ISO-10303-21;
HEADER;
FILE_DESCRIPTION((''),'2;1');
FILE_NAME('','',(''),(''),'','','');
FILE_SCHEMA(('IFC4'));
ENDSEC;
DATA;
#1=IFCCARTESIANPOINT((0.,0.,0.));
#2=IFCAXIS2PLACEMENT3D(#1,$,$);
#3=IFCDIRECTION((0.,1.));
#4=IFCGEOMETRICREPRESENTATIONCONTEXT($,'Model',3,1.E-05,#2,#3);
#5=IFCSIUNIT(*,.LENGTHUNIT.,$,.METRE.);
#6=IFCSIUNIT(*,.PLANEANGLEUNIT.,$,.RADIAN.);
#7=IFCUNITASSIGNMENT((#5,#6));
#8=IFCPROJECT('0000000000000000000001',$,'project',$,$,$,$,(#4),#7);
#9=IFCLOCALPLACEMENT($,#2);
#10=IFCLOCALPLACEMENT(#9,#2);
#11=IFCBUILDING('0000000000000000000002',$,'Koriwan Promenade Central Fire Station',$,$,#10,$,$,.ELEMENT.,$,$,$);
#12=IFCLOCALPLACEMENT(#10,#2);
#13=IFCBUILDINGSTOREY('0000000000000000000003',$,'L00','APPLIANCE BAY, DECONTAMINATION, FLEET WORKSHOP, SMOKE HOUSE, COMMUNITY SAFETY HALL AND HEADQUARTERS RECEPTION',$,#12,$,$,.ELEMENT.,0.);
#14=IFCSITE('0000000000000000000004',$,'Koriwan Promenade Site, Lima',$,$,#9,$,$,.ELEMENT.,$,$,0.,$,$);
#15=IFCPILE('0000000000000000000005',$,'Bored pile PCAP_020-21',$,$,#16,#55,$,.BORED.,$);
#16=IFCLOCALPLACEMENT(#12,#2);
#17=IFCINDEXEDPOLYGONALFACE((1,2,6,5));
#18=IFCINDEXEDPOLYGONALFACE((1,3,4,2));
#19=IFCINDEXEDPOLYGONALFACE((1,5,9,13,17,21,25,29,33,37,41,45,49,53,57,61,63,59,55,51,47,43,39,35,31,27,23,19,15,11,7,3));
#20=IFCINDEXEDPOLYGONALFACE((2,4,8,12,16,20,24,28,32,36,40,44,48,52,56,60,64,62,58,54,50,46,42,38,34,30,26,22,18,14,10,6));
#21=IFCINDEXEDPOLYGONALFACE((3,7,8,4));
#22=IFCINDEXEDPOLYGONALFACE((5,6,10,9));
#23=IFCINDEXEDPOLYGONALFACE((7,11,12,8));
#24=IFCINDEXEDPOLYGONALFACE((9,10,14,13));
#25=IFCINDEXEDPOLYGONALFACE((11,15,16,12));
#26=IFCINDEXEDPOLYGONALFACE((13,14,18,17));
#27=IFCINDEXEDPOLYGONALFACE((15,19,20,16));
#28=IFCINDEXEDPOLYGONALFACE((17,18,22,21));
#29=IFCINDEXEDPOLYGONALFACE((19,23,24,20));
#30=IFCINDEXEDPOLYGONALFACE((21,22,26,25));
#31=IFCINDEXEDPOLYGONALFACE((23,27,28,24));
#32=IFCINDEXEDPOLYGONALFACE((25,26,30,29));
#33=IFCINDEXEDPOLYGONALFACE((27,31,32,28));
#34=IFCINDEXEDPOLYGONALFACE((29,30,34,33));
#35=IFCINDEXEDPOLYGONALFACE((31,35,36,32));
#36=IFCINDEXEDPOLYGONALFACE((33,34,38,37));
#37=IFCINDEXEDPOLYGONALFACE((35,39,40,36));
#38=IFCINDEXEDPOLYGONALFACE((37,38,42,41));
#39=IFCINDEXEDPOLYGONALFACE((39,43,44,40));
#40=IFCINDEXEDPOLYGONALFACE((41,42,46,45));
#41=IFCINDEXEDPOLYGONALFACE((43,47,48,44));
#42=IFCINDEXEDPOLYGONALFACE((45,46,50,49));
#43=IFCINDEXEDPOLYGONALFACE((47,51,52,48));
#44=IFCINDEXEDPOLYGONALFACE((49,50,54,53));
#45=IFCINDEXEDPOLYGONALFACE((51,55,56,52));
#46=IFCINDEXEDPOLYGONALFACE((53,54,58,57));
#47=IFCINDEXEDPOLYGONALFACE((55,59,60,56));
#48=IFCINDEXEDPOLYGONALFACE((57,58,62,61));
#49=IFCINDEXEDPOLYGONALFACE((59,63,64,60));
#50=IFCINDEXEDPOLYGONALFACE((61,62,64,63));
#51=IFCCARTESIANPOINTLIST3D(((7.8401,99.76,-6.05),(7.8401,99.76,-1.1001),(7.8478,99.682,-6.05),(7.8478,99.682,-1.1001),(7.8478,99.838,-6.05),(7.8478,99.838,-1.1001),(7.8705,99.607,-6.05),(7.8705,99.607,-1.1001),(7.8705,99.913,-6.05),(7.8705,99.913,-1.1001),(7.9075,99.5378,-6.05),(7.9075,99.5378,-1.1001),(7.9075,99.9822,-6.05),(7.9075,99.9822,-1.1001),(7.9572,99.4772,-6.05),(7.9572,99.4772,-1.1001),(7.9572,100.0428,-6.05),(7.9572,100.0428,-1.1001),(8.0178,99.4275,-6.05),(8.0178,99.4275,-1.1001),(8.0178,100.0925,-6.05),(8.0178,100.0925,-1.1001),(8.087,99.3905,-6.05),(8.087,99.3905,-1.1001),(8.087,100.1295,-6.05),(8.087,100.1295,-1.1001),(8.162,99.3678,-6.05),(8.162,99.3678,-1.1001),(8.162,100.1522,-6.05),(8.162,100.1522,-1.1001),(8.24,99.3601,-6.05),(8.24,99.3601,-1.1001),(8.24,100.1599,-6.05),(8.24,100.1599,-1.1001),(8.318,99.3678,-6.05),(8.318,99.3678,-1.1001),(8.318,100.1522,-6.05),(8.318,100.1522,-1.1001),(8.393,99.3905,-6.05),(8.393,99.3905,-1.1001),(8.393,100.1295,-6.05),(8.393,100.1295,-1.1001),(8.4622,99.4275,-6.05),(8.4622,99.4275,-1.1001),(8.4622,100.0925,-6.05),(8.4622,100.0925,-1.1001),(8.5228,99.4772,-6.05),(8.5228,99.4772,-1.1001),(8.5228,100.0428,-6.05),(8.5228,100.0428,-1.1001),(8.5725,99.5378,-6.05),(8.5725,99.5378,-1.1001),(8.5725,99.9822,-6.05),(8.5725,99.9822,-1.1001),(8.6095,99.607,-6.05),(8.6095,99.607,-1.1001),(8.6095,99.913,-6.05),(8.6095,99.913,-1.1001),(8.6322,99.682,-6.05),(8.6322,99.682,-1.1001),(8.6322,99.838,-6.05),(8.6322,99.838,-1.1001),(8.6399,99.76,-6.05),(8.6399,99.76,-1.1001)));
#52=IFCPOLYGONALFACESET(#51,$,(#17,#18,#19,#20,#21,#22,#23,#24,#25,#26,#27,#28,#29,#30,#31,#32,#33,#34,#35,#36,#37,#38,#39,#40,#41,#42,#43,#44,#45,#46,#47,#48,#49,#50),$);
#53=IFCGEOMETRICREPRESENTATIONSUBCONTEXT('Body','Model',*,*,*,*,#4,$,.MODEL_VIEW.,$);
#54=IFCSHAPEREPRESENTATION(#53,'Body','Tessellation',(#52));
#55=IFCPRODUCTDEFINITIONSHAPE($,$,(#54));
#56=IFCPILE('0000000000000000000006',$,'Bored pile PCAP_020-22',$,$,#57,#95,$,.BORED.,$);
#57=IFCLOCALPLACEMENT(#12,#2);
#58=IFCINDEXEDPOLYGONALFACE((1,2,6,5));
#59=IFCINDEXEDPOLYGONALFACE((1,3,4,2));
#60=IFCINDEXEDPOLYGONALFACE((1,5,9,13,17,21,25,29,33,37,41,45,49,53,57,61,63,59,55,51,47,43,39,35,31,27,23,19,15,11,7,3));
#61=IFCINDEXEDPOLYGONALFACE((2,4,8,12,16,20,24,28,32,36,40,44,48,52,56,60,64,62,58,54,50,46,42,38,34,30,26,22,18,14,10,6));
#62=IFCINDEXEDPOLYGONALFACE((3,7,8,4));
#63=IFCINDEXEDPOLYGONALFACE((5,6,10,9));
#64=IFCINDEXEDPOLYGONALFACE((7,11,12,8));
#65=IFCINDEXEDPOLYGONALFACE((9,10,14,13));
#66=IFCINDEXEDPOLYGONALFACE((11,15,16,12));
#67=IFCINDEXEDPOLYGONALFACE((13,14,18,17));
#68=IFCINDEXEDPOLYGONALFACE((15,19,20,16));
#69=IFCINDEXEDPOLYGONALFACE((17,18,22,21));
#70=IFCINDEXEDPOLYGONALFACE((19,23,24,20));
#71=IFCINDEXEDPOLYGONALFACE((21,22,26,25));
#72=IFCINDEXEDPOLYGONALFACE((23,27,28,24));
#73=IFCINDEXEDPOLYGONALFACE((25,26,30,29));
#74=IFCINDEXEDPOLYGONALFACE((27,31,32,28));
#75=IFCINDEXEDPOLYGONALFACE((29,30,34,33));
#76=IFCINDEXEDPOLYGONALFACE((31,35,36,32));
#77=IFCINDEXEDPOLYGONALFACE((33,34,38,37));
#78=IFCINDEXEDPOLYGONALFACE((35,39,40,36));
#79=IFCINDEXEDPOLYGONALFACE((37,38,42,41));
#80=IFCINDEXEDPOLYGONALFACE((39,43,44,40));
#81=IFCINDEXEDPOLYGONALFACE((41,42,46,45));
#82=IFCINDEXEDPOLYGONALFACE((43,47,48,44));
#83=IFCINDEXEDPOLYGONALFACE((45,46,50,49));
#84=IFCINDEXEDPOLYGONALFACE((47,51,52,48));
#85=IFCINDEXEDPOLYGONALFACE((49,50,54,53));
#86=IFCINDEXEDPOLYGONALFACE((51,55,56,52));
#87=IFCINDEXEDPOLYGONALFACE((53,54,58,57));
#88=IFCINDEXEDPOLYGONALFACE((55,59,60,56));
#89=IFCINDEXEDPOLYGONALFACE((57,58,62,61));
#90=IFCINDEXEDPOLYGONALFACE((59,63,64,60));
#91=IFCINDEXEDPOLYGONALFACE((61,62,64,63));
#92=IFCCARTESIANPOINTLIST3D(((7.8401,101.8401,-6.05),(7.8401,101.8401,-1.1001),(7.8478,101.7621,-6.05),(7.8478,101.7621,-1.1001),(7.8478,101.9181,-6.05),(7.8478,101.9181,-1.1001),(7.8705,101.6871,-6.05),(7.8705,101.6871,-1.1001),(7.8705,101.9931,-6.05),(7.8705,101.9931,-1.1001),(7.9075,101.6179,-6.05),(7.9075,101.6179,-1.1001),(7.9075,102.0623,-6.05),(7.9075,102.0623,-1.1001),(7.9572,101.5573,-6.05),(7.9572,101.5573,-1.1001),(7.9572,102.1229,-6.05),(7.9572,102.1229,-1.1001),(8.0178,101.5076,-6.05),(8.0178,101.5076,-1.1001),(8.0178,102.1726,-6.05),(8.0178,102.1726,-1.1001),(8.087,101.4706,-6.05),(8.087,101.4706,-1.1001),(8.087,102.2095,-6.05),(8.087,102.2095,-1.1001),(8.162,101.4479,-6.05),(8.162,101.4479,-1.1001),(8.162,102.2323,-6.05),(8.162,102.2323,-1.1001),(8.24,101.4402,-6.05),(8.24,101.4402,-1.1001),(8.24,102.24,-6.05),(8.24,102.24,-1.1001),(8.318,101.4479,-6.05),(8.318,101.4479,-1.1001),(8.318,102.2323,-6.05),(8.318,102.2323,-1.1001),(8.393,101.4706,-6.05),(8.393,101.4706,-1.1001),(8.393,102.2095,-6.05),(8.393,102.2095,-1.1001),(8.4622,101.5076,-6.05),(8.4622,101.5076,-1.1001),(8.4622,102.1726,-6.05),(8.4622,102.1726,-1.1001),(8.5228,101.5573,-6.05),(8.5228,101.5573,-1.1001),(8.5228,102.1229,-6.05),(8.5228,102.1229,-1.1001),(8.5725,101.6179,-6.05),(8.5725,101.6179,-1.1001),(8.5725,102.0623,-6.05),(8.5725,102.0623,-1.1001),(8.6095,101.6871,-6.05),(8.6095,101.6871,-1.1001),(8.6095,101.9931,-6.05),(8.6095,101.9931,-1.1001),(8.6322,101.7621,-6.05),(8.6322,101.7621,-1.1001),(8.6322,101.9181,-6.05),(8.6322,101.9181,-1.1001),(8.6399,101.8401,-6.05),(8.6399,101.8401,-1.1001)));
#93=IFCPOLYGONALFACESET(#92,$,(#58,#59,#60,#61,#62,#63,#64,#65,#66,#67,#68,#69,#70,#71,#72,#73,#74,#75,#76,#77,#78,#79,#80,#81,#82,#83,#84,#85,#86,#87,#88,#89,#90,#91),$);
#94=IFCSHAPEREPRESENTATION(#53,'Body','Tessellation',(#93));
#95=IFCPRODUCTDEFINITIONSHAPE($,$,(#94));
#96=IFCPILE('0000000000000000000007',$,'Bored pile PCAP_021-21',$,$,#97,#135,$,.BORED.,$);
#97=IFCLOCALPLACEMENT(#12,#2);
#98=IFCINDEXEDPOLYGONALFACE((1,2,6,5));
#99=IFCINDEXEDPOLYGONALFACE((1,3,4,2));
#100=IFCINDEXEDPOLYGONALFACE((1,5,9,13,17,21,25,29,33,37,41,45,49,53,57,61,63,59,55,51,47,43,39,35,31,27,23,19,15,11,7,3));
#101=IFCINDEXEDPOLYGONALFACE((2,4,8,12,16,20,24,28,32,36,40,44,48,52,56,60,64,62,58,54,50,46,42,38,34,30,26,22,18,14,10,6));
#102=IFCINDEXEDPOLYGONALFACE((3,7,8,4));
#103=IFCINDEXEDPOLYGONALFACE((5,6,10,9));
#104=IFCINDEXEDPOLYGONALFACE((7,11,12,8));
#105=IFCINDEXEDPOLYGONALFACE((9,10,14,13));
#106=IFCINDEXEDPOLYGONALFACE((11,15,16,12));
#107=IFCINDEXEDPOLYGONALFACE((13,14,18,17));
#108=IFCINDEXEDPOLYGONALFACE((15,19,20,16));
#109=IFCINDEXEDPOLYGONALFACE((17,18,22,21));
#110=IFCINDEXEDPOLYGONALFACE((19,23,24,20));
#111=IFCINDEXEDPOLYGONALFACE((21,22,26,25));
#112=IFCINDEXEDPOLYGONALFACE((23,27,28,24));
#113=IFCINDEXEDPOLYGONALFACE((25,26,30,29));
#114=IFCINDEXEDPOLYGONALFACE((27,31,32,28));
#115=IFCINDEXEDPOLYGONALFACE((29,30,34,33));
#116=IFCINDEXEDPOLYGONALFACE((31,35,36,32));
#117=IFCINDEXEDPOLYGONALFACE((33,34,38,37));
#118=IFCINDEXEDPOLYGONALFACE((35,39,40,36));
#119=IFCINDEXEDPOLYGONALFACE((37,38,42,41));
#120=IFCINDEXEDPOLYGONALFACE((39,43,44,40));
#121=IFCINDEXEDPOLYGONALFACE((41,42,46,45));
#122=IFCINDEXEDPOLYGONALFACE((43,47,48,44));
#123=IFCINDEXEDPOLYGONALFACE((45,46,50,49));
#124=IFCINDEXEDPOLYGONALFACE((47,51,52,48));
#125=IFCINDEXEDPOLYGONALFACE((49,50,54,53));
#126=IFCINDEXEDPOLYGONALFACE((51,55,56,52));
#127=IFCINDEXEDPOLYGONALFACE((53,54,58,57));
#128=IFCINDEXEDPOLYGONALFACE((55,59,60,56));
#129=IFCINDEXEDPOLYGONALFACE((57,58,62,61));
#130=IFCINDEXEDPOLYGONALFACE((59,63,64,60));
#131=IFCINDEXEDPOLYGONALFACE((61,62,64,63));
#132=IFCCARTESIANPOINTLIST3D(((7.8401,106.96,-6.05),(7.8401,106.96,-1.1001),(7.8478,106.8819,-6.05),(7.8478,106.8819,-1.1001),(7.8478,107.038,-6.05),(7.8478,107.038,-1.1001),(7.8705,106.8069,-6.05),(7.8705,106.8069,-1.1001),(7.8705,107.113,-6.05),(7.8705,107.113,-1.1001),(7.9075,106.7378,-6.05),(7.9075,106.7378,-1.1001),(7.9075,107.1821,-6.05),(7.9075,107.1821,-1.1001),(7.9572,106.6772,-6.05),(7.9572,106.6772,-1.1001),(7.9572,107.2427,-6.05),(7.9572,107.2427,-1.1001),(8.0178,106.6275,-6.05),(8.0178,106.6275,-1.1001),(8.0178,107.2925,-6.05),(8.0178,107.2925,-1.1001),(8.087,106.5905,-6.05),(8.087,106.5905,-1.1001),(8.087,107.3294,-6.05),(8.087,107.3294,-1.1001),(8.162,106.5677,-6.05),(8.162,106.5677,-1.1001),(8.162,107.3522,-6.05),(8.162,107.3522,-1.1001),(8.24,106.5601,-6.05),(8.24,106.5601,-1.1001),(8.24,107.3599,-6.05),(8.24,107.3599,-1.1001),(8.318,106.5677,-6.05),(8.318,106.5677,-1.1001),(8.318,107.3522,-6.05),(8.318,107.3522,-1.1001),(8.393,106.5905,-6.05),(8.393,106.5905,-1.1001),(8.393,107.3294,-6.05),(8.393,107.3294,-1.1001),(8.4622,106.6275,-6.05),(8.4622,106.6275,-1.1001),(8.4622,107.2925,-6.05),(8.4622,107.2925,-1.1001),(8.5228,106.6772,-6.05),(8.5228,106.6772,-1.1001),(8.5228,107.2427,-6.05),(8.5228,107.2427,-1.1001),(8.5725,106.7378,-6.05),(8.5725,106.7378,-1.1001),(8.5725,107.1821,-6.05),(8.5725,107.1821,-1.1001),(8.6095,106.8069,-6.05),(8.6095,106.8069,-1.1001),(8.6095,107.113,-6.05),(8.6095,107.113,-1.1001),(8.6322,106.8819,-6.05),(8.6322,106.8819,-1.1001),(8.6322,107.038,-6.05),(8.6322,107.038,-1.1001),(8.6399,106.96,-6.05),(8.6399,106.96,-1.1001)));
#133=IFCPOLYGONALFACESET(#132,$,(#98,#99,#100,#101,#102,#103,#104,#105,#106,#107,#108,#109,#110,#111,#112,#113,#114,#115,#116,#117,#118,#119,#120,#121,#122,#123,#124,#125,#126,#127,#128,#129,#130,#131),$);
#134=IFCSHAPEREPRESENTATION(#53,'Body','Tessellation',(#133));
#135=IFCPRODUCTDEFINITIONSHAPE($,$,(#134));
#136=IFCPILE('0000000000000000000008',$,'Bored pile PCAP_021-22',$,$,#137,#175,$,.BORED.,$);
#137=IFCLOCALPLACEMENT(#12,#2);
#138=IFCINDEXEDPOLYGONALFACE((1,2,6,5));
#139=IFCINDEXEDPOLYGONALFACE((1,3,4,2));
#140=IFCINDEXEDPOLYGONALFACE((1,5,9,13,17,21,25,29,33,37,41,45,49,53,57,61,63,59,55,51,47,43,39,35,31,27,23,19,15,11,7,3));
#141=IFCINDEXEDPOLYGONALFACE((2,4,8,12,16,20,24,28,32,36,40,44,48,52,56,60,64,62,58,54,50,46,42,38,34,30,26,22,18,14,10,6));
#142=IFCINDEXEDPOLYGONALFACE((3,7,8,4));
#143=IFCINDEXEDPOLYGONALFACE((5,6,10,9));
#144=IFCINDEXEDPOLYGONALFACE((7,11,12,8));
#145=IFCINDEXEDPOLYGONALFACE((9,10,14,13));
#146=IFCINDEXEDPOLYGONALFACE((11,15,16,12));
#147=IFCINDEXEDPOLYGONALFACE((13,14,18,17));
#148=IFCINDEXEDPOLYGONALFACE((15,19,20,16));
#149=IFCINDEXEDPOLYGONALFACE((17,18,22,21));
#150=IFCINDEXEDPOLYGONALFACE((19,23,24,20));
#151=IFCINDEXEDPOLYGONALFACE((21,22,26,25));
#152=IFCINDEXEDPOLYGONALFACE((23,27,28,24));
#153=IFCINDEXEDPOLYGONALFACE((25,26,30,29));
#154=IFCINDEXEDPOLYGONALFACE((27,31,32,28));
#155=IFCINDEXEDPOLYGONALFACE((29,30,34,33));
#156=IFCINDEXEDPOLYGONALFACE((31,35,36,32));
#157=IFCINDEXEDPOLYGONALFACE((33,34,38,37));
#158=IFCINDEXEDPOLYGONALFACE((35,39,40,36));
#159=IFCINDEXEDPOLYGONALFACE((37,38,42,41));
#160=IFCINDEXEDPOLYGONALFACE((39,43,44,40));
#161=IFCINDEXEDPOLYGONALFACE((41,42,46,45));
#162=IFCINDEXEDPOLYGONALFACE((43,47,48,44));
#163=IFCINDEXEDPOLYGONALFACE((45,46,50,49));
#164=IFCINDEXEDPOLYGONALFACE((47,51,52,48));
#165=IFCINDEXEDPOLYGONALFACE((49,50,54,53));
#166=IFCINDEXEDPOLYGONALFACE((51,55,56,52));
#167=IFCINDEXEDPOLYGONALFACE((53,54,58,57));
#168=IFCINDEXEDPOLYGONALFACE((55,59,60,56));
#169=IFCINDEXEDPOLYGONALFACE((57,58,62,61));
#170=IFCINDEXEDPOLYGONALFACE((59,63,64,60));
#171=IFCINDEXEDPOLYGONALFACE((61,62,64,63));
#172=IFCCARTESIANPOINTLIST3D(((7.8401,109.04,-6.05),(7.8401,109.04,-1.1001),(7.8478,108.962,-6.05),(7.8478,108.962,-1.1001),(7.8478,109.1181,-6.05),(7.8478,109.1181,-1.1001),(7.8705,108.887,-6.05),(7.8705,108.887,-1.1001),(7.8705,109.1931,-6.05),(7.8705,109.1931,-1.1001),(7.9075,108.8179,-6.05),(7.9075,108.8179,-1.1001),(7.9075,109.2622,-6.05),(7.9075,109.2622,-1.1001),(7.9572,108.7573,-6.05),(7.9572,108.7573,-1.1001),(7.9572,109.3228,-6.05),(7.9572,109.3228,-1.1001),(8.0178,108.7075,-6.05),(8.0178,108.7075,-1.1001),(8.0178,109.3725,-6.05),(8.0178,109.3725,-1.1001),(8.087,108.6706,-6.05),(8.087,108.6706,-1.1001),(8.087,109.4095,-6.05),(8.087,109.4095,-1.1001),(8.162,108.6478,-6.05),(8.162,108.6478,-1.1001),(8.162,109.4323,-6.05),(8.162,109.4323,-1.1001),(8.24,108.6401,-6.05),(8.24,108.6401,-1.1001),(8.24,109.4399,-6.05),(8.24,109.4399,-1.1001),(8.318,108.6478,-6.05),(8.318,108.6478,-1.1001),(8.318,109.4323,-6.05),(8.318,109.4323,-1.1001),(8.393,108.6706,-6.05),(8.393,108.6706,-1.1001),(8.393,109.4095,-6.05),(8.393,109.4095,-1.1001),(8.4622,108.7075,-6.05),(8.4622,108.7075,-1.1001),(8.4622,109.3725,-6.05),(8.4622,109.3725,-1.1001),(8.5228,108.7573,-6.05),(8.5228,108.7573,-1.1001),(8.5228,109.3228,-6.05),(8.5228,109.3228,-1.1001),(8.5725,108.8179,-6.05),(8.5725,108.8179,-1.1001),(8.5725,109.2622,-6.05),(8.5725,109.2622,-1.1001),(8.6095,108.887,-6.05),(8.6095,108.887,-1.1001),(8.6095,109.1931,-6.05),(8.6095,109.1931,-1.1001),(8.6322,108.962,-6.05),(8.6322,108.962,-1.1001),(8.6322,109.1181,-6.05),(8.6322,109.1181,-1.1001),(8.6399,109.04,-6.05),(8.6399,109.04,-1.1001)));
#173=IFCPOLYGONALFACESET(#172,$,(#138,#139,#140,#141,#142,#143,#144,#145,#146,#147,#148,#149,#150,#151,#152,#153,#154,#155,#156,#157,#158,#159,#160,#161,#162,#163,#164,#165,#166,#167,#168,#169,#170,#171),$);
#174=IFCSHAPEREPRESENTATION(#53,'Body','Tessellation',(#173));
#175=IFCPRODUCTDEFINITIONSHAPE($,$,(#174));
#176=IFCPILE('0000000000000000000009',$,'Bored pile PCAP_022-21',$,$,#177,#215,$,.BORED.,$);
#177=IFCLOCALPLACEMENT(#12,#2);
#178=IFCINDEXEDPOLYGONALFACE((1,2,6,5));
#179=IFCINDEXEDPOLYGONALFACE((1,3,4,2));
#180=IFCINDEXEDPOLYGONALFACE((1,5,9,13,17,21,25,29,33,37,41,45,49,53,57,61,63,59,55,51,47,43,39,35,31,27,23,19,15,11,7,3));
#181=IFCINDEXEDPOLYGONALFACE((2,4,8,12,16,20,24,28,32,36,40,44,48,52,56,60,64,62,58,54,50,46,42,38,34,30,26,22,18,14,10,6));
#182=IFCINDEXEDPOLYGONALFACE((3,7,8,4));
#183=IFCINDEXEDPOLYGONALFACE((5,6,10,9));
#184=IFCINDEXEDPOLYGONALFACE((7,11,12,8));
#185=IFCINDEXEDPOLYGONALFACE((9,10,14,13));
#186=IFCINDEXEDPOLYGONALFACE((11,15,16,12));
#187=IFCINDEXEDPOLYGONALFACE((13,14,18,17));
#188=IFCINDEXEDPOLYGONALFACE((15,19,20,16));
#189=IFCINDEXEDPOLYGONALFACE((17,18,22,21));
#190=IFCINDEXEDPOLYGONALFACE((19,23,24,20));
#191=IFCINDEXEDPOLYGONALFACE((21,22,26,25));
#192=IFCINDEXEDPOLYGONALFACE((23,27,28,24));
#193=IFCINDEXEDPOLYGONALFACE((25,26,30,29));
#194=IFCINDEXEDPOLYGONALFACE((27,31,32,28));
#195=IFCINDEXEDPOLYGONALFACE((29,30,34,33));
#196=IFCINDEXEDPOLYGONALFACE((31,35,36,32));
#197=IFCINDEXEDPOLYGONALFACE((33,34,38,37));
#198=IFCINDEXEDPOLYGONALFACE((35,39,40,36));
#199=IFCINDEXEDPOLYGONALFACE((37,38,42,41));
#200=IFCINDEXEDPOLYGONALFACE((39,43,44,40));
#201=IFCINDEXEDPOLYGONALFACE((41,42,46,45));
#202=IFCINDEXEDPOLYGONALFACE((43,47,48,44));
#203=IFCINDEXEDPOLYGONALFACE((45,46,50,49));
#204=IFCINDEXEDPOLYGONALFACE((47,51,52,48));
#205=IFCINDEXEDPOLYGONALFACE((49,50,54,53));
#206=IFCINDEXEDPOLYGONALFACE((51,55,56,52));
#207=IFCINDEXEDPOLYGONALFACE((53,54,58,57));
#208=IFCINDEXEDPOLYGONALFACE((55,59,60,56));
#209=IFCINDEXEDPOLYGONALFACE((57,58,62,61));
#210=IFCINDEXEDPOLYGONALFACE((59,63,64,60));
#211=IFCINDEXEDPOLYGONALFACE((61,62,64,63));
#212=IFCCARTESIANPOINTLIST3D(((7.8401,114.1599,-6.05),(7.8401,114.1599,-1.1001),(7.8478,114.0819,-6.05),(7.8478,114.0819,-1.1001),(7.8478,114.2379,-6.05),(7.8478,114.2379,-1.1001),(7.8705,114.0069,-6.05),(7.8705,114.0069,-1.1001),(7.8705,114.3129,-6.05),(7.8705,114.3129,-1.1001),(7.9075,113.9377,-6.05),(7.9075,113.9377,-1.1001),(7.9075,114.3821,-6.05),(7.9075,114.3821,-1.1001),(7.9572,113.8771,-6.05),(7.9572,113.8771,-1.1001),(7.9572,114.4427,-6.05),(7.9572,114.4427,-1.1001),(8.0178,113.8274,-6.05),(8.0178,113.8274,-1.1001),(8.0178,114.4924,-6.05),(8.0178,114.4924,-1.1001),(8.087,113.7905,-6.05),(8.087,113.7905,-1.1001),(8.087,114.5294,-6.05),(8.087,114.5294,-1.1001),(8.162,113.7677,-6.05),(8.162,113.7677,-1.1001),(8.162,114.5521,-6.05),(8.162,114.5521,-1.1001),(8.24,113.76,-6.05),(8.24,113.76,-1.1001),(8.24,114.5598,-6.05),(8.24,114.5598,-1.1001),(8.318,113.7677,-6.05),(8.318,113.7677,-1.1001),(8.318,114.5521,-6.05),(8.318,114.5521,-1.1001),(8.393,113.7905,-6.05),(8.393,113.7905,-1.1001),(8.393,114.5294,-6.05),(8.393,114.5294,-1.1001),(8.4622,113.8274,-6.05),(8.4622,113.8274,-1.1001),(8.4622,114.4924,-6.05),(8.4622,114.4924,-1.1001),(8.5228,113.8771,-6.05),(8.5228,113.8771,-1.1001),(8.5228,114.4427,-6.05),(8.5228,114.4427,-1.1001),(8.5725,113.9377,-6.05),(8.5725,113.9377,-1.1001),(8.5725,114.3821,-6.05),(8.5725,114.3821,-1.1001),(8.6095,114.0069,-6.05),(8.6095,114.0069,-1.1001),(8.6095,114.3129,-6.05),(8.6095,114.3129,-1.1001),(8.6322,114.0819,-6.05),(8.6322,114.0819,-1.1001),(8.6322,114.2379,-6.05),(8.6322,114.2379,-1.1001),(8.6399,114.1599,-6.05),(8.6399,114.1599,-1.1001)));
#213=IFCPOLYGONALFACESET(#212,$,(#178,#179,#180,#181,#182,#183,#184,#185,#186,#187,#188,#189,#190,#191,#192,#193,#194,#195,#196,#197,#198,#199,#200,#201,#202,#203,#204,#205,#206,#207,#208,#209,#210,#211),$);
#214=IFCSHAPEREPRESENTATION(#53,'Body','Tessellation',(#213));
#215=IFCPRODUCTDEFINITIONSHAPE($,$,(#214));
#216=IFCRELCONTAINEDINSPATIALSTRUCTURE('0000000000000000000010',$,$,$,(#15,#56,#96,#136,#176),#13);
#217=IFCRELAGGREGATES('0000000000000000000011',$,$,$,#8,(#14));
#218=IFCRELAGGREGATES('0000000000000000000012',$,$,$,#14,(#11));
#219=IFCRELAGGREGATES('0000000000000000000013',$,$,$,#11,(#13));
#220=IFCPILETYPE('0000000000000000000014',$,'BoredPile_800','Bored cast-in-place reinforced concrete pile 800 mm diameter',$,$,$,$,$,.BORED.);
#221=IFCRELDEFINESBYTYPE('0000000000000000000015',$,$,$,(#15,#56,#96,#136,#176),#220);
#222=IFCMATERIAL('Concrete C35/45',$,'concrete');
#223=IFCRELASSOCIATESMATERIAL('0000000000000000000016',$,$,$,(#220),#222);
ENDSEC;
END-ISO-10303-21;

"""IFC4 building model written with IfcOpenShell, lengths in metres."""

from ifc_helpers import new_model, si_unit, direction, frame, origin, origin_2d, place, context, subcontext, project, spatial, circle, extrude, material, material_profile, profile_set, type_object, element, save


model = new_model("IFC4")

# Units and contexts
model_context = context("Model", 3, precision=1e-05, world=origin(), true_north=direction((0.0, 1.0)))
body_context = subcontext(model_context, "Body", "Model", "MODEL_VIEW")
ifc_project = project(units=[si_unit("LENGTHUNIT", "METRE"), si_unit("PLANEANGLEUNIT", "RADIAN")], contexts=[model_context])

# Site, building, storey
site_placement = place(None, origin())
site = spatial("IfcSite", under=ifc_project, at=site_placement, Name="Koriwan Promenade Site, Lima", CompositionType="ELEMENT", RefElevation=0.0)
building_placement = place(site_placement, origin())
building = spatial("IfcBuilding", under=site, at=building_placement, Name="Koriwan Promenade Central Fire Station", CompositionType="ELEMENT")
storey_placement = place(building_placement, origin())
storey = spatial("IfcBuildingStorey", under=building, at=storey_placement, Name="L00", Description="APPLIANCE BAY, DECONTAMINATION, FLEET WORKSHOP, SMOKE HOUSE, COMMUNITY SAFETY HALL AND HEADQUARTERS RECEPTION", CompositionType="ELEMENT", Elevation=0.0)

# Piles
ifc_material_1 = material(Name="Concrete C35/45", Category="concrete")
ifc_material_profile_1 = material_profile(ifc_material_1, circle(Radius=0.3999, at=origin_2d()), Name="PILE-D800")
ifc_profile_set_1 = profile_set([ifc_material_profile_1], Name="Concrete C35/45")
pile_type = type_object("IfcPileType", Name="BoredPile_800", Description="Bored cast-in-place reinforced concrete pile 800 mm diameter", PredefinedType="BORED", material=ifc_profile_set_1)
for number, where, z_axis, x_axis, name in (
    (1, (8.24, 99.76, -1.1001), (0.0, 0.0, -1.0), (1.0, 0.0, 0.0), "Bored pile PCAP_020-21"),
    (2, (8.24, 101.8401, -1.1001), (0.0, 0.0, -1.0), (1.0, 0.0, 0.0), "Bored pile PCAP_020-22"),
    (3, (8.24, 106.96, -1.1001), (0.0, 0.0, -1.0), (1.0, 0.0, 0.0), "Bored pile PCAP_021-21"),
    (4, (8.24, 109.04, -1.1001), (0.0, 0.0, -1.0), (1.0, 0.0, 0.0), "Bored pile PCAP_021-22"),
    (5, (8.24, 114.1599, -1.1001), (0.0, 0.0, -1.0), (1.0, 0.0, 0.0), "Bored pile PCAP_022-21"),
):
    element("IfcPile", number, at=place(storey_placement, frame(where, z_axis=z_axis, x_axis=x_axis)), inside=storey, type_object=pile_type, Name=name, PredefinedType="BORED", context=body_context, shape_type="SweptSolid", body=[
        extrude(circle(Radius=0.3999, at=origin_2d()), origin(), (0.0, 0.0, 1.0), 4.95),
    ])

save(model, "model.ifc")
